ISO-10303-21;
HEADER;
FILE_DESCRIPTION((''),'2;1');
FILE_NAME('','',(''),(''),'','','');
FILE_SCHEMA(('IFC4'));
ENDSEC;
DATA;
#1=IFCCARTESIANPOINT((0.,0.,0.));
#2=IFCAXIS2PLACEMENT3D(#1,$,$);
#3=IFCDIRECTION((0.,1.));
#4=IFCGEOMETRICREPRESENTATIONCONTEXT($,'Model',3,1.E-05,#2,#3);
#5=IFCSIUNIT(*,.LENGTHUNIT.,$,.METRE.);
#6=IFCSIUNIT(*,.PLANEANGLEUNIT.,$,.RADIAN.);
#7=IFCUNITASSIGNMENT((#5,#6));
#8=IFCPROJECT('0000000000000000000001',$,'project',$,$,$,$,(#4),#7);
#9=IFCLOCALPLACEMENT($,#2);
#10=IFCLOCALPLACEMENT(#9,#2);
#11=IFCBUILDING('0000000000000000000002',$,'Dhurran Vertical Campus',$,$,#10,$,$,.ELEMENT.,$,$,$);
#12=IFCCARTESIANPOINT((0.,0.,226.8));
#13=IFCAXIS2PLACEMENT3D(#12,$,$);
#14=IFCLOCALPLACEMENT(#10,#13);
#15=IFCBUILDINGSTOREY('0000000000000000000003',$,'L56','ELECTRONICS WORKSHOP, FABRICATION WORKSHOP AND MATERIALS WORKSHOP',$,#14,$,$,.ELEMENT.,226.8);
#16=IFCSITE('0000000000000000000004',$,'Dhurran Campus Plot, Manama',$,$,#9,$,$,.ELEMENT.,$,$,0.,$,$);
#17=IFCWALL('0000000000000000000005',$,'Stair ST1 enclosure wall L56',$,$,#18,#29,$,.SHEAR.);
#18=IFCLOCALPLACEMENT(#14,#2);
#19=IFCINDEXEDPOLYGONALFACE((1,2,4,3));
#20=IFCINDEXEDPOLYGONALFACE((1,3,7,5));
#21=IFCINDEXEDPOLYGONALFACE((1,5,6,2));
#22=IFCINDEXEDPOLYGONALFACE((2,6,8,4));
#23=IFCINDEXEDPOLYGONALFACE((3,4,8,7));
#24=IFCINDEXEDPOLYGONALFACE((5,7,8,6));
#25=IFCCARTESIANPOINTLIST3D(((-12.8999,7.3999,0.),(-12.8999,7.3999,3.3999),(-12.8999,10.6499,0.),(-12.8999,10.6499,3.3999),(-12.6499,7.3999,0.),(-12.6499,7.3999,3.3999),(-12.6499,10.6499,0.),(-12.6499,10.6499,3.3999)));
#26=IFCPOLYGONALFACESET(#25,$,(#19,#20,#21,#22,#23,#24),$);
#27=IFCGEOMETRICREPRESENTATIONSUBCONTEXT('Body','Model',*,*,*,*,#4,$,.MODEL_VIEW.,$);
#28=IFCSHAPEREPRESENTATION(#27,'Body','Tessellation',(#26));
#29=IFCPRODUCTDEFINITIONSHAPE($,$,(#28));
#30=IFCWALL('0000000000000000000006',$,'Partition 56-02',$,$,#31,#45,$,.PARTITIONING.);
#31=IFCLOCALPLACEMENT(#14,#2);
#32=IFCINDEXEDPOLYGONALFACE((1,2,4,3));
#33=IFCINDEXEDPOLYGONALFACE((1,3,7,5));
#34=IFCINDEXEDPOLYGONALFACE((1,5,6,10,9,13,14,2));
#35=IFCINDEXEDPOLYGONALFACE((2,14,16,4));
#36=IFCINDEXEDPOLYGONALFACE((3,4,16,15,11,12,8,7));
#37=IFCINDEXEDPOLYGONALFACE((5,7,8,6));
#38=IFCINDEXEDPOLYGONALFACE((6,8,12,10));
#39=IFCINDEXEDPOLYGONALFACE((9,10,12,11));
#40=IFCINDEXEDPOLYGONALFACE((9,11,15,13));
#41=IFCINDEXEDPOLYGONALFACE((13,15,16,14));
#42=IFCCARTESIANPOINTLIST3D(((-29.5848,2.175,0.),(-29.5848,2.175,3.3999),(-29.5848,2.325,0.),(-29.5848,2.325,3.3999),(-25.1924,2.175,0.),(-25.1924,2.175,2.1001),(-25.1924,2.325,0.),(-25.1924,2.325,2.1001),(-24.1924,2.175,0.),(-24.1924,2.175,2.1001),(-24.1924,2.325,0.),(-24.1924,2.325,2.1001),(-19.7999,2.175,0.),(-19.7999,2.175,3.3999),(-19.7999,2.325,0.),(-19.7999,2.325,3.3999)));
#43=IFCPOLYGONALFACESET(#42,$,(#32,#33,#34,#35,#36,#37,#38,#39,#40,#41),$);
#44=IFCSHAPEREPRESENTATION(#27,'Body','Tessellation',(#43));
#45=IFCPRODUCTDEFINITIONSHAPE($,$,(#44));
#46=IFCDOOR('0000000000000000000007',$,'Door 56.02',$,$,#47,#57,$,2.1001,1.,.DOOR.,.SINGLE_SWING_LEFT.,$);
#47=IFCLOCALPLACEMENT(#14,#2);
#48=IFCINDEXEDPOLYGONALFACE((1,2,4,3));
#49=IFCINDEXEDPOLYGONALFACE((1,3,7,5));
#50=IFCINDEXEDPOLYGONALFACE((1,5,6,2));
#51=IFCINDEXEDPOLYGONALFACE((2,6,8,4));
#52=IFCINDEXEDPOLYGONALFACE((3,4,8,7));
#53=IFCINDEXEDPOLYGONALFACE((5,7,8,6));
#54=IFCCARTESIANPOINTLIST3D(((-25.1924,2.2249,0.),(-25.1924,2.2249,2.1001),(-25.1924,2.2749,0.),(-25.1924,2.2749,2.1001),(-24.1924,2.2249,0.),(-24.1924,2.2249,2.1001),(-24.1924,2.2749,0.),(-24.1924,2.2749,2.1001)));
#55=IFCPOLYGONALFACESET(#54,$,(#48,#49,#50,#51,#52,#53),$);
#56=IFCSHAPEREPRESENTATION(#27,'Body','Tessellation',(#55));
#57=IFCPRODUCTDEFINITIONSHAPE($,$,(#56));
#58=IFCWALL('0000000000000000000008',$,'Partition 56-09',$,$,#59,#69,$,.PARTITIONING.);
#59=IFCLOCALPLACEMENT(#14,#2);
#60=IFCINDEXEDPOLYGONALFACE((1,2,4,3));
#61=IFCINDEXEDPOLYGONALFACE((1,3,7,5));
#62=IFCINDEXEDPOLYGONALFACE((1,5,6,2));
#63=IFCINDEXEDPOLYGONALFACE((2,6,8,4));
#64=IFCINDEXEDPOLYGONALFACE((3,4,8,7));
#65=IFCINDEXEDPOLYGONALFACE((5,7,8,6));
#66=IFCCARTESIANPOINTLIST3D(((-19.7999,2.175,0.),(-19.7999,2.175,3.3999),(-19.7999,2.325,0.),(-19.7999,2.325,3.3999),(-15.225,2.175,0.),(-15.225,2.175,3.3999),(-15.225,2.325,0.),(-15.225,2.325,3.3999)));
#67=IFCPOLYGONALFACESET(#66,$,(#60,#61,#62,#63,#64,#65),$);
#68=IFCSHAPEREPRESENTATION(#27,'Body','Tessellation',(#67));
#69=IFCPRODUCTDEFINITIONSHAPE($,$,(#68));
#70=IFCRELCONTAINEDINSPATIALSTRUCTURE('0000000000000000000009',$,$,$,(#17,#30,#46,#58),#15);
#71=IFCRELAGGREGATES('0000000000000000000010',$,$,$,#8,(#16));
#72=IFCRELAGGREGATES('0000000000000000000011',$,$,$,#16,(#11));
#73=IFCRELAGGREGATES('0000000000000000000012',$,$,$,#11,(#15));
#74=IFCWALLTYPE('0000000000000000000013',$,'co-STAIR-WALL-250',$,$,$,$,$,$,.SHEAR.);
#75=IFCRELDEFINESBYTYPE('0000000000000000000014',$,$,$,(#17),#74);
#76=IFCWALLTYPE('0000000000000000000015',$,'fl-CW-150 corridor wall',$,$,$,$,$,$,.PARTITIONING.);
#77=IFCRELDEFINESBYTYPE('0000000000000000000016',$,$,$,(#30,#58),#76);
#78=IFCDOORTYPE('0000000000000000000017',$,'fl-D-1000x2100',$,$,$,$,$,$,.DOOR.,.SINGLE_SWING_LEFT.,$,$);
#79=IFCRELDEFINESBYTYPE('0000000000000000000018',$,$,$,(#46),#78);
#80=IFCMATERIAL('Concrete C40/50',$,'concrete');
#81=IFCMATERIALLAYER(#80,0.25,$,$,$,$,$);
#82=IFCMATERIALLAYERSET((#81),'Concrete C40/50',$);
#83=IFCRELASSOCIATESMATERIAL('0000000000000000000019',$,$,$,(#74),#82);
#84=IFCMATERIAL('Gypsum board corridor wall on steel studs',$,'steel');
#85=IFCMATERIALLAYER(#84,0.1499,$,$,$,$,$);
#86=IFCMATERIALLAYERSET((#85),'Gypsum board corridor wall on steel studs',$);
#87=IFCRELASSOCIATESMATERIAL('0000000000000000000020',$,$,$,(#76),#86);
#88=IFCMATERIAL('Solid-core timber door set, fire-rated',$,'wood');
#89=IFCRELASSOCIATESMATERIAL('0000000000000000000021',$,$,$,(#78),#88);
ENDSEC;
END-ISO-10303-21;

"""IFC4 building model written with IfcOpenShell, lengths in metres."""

from ifc_helpers import new_model, si_unit, direction, frame, frame_2d, origin, place, context, subcontext, project, spatial, rectangle, extrude, material, layer, layer_set, type_object, element, fill, save


model = new_model("IFC4")

# Units and contexts
model_context = context("Model", 3, precision=1e-05, world=origin(), true_north=direction((0.0, 1.0)))
body_context = subcontext(model_context, "Body", "Model", "MODEL_VIEW")
ifc_project = project(units=[si_unit("LENGTHUNIT", "METRE"), si_unit("PLANEANGLEUNIT", "RADIAN")], contexts=[model_context])

# Site, building, storey
site_placement = place(None, origin())
site = spatial("IfcSite", under=ifc_project, at=site_placement, Name="Dhurran Campus Plot, Manama", CompositionType="ELEMENT", RefElevation=0.0)
building_placement = place(site_placement, origin())
building = spatial("IfcBuilding", under=site, at=building_placement, Name="Dhurran Vertical Campus", CompositionType="ELEMENT")
storey_placement = place(building_placement, frame((0.0, 0.0, 226.8)))
storey = spatial("IfcBuildingStorey", under=building, at=storey_placement, Name="L56", Description="ELECTRONICS WORKSHOP, FABRICATION WORKSHOP AND MATERIALS WORKSHOP", CompositionType="ELEMENT", Elevation=226.8)

# Shared definitions
ifc_material_1 = material(Name="Concrete C40/50", Category="concrete")
ifc_layer_1 = layer(ifc_material_1, 0.25)
ifc_layer_set_1 = layer_set([ifc_layer_1], Name="Concrete C40/50")
wall_type_1 = type_object("IfcWallType", Name="co-STAIR-WALL-250", PredefinedType="SHEAR", material=ifc_layer_set_1)

# Wall
wall_1_placement = place(storey_placement, frame((-12.7749, 7.3999, 0.0), z_axis=(0.0, 0.0, 1.0), x_axis=(0.0, 1.0, 0.0)))
element("IfcWall", 1, at=wall_1_placement, inside=storey, type_object=wall_type_1, Name="Stair ST1 enclosure wall L56", PredefinedType="SHEAR", context=body_context, shape_type="SweptSolid", body=[
    extrude(rectangle(XDim=3.25, YDim=0.25, at=frame_2d((1.625, 0.0))), origin(), (0.0, 0.0, 1.0), 3.3999),
])

# Wall, opening, door
ifc_material_2 = material(Name="Gypsum board corridor wall on steel studs", Category="steel")
ifc_layer_2 = layer(ifc_material_2, 0.1499)
ifc_layer_set_2 = layer_set([ifc_layer_2], Name="Gypsum board corridor wall on steel studs")
wall_type_2 = type_object("IfcWallType", Name="fl-CW-150 corridor wall", PredefinedType="PARTITIONING", material=ifc_layer_set_2)
wall_2_placement = place(storey_placement, frame((-29.585, 2.25, 0.0), z_axis=(0.0, 0.0, 1.0), x_axis=(1.0, 0.0, 0.0)))
wall_2 = element("IfcWall", 2, at=wall_2_placement, inside=storey, type_object=wall_type_2, Name="Partition 56-02", PredefinedType="PARTITIONING", context=body_context, shape_type="SweptSolid", body=[
    extrude(rectangle(XDim=9.7849, YDim=0.1499, at=frame_2d((4.8926, 0.0))), origin(), (0.0, 0.0, 1.0), 3.3999),
])
opening_1_placement = place(wall_2_placement, frame((4.3926, 0.0, 0.0)))
opening_1 = element("IfcOpeningElement", 3, at=opening_1_placement, cuts=wall_2, PredefinedType="OPENING", context=body_context, shape_type="SweptSolid", body=[
    extrude(rectangle(XDim=1.0, YDim=2.1001, at=frame_2d((0.5, 1.05))), frame((0.0, 0.085, 0.0), z_axis=(0.0, -1.0, 0.0), x_axis=(1.0, 0.0, 0.0)), (0.0, 0.0, 1.0), 0.1699),
])
ifc_material_3 = material(Name="Solid-core timber door set, fire-rated", Category="wood")
door_type_1 = type_object("IfcDoorType", Name="fl-D-1000x2100", OperationType="SINGLE_SWING_LEFT", PredefinedType="DOOR", material=ifc_material_3)
door_1_placement = place(opening_1_placement, origin())
door_1 = element("IfcDoor", 4, at=door_1_placement, inside=storey, type_object=door_type_1, Name="Door 56.02", OperationType="SINGLE_SWING_LEFT", OverallHeight=2.1001, OverallWidth=1.0, PredefinedType="DOOR", context=body_context, shape_type="SweptSolid", body=[
    extrude(rectangle(XDim=1.0, YDim=2.1001, at=frame_2d((0.5, 1.05))), frame((0.0, 0.0249, 0.0), z_axis=(0.0, -1.0, 0.0), x_axis=(1.0, 0.0, 0.0)), (0.0, 0.0, 1.0), 0.05),
])
fill(opening_1, door_1)

# Wall
wall_3_placement = place(storey_placement, frame((-19.8, 2.25, 0.0), z_axis=(0.0, 0.0, 1.0), x_axis=(1.0, 0.0, 0.0)))
element("IfcWall", 5, at=wall_3_placement, inside=storey, type_object=wall_type_2, Name="Partition 56-09", PredefinedType="PARTITIONING", context=body_context, shape_type="SweptSolid", body=[
    extrude(rectangle(XDim=4.575, YDim=0.1499, at=frame_2d((2.2876, 0.0))), origin(), (0.0, 0.0, 1.0), 3.3999),
])

save(model, "model.ifc")
